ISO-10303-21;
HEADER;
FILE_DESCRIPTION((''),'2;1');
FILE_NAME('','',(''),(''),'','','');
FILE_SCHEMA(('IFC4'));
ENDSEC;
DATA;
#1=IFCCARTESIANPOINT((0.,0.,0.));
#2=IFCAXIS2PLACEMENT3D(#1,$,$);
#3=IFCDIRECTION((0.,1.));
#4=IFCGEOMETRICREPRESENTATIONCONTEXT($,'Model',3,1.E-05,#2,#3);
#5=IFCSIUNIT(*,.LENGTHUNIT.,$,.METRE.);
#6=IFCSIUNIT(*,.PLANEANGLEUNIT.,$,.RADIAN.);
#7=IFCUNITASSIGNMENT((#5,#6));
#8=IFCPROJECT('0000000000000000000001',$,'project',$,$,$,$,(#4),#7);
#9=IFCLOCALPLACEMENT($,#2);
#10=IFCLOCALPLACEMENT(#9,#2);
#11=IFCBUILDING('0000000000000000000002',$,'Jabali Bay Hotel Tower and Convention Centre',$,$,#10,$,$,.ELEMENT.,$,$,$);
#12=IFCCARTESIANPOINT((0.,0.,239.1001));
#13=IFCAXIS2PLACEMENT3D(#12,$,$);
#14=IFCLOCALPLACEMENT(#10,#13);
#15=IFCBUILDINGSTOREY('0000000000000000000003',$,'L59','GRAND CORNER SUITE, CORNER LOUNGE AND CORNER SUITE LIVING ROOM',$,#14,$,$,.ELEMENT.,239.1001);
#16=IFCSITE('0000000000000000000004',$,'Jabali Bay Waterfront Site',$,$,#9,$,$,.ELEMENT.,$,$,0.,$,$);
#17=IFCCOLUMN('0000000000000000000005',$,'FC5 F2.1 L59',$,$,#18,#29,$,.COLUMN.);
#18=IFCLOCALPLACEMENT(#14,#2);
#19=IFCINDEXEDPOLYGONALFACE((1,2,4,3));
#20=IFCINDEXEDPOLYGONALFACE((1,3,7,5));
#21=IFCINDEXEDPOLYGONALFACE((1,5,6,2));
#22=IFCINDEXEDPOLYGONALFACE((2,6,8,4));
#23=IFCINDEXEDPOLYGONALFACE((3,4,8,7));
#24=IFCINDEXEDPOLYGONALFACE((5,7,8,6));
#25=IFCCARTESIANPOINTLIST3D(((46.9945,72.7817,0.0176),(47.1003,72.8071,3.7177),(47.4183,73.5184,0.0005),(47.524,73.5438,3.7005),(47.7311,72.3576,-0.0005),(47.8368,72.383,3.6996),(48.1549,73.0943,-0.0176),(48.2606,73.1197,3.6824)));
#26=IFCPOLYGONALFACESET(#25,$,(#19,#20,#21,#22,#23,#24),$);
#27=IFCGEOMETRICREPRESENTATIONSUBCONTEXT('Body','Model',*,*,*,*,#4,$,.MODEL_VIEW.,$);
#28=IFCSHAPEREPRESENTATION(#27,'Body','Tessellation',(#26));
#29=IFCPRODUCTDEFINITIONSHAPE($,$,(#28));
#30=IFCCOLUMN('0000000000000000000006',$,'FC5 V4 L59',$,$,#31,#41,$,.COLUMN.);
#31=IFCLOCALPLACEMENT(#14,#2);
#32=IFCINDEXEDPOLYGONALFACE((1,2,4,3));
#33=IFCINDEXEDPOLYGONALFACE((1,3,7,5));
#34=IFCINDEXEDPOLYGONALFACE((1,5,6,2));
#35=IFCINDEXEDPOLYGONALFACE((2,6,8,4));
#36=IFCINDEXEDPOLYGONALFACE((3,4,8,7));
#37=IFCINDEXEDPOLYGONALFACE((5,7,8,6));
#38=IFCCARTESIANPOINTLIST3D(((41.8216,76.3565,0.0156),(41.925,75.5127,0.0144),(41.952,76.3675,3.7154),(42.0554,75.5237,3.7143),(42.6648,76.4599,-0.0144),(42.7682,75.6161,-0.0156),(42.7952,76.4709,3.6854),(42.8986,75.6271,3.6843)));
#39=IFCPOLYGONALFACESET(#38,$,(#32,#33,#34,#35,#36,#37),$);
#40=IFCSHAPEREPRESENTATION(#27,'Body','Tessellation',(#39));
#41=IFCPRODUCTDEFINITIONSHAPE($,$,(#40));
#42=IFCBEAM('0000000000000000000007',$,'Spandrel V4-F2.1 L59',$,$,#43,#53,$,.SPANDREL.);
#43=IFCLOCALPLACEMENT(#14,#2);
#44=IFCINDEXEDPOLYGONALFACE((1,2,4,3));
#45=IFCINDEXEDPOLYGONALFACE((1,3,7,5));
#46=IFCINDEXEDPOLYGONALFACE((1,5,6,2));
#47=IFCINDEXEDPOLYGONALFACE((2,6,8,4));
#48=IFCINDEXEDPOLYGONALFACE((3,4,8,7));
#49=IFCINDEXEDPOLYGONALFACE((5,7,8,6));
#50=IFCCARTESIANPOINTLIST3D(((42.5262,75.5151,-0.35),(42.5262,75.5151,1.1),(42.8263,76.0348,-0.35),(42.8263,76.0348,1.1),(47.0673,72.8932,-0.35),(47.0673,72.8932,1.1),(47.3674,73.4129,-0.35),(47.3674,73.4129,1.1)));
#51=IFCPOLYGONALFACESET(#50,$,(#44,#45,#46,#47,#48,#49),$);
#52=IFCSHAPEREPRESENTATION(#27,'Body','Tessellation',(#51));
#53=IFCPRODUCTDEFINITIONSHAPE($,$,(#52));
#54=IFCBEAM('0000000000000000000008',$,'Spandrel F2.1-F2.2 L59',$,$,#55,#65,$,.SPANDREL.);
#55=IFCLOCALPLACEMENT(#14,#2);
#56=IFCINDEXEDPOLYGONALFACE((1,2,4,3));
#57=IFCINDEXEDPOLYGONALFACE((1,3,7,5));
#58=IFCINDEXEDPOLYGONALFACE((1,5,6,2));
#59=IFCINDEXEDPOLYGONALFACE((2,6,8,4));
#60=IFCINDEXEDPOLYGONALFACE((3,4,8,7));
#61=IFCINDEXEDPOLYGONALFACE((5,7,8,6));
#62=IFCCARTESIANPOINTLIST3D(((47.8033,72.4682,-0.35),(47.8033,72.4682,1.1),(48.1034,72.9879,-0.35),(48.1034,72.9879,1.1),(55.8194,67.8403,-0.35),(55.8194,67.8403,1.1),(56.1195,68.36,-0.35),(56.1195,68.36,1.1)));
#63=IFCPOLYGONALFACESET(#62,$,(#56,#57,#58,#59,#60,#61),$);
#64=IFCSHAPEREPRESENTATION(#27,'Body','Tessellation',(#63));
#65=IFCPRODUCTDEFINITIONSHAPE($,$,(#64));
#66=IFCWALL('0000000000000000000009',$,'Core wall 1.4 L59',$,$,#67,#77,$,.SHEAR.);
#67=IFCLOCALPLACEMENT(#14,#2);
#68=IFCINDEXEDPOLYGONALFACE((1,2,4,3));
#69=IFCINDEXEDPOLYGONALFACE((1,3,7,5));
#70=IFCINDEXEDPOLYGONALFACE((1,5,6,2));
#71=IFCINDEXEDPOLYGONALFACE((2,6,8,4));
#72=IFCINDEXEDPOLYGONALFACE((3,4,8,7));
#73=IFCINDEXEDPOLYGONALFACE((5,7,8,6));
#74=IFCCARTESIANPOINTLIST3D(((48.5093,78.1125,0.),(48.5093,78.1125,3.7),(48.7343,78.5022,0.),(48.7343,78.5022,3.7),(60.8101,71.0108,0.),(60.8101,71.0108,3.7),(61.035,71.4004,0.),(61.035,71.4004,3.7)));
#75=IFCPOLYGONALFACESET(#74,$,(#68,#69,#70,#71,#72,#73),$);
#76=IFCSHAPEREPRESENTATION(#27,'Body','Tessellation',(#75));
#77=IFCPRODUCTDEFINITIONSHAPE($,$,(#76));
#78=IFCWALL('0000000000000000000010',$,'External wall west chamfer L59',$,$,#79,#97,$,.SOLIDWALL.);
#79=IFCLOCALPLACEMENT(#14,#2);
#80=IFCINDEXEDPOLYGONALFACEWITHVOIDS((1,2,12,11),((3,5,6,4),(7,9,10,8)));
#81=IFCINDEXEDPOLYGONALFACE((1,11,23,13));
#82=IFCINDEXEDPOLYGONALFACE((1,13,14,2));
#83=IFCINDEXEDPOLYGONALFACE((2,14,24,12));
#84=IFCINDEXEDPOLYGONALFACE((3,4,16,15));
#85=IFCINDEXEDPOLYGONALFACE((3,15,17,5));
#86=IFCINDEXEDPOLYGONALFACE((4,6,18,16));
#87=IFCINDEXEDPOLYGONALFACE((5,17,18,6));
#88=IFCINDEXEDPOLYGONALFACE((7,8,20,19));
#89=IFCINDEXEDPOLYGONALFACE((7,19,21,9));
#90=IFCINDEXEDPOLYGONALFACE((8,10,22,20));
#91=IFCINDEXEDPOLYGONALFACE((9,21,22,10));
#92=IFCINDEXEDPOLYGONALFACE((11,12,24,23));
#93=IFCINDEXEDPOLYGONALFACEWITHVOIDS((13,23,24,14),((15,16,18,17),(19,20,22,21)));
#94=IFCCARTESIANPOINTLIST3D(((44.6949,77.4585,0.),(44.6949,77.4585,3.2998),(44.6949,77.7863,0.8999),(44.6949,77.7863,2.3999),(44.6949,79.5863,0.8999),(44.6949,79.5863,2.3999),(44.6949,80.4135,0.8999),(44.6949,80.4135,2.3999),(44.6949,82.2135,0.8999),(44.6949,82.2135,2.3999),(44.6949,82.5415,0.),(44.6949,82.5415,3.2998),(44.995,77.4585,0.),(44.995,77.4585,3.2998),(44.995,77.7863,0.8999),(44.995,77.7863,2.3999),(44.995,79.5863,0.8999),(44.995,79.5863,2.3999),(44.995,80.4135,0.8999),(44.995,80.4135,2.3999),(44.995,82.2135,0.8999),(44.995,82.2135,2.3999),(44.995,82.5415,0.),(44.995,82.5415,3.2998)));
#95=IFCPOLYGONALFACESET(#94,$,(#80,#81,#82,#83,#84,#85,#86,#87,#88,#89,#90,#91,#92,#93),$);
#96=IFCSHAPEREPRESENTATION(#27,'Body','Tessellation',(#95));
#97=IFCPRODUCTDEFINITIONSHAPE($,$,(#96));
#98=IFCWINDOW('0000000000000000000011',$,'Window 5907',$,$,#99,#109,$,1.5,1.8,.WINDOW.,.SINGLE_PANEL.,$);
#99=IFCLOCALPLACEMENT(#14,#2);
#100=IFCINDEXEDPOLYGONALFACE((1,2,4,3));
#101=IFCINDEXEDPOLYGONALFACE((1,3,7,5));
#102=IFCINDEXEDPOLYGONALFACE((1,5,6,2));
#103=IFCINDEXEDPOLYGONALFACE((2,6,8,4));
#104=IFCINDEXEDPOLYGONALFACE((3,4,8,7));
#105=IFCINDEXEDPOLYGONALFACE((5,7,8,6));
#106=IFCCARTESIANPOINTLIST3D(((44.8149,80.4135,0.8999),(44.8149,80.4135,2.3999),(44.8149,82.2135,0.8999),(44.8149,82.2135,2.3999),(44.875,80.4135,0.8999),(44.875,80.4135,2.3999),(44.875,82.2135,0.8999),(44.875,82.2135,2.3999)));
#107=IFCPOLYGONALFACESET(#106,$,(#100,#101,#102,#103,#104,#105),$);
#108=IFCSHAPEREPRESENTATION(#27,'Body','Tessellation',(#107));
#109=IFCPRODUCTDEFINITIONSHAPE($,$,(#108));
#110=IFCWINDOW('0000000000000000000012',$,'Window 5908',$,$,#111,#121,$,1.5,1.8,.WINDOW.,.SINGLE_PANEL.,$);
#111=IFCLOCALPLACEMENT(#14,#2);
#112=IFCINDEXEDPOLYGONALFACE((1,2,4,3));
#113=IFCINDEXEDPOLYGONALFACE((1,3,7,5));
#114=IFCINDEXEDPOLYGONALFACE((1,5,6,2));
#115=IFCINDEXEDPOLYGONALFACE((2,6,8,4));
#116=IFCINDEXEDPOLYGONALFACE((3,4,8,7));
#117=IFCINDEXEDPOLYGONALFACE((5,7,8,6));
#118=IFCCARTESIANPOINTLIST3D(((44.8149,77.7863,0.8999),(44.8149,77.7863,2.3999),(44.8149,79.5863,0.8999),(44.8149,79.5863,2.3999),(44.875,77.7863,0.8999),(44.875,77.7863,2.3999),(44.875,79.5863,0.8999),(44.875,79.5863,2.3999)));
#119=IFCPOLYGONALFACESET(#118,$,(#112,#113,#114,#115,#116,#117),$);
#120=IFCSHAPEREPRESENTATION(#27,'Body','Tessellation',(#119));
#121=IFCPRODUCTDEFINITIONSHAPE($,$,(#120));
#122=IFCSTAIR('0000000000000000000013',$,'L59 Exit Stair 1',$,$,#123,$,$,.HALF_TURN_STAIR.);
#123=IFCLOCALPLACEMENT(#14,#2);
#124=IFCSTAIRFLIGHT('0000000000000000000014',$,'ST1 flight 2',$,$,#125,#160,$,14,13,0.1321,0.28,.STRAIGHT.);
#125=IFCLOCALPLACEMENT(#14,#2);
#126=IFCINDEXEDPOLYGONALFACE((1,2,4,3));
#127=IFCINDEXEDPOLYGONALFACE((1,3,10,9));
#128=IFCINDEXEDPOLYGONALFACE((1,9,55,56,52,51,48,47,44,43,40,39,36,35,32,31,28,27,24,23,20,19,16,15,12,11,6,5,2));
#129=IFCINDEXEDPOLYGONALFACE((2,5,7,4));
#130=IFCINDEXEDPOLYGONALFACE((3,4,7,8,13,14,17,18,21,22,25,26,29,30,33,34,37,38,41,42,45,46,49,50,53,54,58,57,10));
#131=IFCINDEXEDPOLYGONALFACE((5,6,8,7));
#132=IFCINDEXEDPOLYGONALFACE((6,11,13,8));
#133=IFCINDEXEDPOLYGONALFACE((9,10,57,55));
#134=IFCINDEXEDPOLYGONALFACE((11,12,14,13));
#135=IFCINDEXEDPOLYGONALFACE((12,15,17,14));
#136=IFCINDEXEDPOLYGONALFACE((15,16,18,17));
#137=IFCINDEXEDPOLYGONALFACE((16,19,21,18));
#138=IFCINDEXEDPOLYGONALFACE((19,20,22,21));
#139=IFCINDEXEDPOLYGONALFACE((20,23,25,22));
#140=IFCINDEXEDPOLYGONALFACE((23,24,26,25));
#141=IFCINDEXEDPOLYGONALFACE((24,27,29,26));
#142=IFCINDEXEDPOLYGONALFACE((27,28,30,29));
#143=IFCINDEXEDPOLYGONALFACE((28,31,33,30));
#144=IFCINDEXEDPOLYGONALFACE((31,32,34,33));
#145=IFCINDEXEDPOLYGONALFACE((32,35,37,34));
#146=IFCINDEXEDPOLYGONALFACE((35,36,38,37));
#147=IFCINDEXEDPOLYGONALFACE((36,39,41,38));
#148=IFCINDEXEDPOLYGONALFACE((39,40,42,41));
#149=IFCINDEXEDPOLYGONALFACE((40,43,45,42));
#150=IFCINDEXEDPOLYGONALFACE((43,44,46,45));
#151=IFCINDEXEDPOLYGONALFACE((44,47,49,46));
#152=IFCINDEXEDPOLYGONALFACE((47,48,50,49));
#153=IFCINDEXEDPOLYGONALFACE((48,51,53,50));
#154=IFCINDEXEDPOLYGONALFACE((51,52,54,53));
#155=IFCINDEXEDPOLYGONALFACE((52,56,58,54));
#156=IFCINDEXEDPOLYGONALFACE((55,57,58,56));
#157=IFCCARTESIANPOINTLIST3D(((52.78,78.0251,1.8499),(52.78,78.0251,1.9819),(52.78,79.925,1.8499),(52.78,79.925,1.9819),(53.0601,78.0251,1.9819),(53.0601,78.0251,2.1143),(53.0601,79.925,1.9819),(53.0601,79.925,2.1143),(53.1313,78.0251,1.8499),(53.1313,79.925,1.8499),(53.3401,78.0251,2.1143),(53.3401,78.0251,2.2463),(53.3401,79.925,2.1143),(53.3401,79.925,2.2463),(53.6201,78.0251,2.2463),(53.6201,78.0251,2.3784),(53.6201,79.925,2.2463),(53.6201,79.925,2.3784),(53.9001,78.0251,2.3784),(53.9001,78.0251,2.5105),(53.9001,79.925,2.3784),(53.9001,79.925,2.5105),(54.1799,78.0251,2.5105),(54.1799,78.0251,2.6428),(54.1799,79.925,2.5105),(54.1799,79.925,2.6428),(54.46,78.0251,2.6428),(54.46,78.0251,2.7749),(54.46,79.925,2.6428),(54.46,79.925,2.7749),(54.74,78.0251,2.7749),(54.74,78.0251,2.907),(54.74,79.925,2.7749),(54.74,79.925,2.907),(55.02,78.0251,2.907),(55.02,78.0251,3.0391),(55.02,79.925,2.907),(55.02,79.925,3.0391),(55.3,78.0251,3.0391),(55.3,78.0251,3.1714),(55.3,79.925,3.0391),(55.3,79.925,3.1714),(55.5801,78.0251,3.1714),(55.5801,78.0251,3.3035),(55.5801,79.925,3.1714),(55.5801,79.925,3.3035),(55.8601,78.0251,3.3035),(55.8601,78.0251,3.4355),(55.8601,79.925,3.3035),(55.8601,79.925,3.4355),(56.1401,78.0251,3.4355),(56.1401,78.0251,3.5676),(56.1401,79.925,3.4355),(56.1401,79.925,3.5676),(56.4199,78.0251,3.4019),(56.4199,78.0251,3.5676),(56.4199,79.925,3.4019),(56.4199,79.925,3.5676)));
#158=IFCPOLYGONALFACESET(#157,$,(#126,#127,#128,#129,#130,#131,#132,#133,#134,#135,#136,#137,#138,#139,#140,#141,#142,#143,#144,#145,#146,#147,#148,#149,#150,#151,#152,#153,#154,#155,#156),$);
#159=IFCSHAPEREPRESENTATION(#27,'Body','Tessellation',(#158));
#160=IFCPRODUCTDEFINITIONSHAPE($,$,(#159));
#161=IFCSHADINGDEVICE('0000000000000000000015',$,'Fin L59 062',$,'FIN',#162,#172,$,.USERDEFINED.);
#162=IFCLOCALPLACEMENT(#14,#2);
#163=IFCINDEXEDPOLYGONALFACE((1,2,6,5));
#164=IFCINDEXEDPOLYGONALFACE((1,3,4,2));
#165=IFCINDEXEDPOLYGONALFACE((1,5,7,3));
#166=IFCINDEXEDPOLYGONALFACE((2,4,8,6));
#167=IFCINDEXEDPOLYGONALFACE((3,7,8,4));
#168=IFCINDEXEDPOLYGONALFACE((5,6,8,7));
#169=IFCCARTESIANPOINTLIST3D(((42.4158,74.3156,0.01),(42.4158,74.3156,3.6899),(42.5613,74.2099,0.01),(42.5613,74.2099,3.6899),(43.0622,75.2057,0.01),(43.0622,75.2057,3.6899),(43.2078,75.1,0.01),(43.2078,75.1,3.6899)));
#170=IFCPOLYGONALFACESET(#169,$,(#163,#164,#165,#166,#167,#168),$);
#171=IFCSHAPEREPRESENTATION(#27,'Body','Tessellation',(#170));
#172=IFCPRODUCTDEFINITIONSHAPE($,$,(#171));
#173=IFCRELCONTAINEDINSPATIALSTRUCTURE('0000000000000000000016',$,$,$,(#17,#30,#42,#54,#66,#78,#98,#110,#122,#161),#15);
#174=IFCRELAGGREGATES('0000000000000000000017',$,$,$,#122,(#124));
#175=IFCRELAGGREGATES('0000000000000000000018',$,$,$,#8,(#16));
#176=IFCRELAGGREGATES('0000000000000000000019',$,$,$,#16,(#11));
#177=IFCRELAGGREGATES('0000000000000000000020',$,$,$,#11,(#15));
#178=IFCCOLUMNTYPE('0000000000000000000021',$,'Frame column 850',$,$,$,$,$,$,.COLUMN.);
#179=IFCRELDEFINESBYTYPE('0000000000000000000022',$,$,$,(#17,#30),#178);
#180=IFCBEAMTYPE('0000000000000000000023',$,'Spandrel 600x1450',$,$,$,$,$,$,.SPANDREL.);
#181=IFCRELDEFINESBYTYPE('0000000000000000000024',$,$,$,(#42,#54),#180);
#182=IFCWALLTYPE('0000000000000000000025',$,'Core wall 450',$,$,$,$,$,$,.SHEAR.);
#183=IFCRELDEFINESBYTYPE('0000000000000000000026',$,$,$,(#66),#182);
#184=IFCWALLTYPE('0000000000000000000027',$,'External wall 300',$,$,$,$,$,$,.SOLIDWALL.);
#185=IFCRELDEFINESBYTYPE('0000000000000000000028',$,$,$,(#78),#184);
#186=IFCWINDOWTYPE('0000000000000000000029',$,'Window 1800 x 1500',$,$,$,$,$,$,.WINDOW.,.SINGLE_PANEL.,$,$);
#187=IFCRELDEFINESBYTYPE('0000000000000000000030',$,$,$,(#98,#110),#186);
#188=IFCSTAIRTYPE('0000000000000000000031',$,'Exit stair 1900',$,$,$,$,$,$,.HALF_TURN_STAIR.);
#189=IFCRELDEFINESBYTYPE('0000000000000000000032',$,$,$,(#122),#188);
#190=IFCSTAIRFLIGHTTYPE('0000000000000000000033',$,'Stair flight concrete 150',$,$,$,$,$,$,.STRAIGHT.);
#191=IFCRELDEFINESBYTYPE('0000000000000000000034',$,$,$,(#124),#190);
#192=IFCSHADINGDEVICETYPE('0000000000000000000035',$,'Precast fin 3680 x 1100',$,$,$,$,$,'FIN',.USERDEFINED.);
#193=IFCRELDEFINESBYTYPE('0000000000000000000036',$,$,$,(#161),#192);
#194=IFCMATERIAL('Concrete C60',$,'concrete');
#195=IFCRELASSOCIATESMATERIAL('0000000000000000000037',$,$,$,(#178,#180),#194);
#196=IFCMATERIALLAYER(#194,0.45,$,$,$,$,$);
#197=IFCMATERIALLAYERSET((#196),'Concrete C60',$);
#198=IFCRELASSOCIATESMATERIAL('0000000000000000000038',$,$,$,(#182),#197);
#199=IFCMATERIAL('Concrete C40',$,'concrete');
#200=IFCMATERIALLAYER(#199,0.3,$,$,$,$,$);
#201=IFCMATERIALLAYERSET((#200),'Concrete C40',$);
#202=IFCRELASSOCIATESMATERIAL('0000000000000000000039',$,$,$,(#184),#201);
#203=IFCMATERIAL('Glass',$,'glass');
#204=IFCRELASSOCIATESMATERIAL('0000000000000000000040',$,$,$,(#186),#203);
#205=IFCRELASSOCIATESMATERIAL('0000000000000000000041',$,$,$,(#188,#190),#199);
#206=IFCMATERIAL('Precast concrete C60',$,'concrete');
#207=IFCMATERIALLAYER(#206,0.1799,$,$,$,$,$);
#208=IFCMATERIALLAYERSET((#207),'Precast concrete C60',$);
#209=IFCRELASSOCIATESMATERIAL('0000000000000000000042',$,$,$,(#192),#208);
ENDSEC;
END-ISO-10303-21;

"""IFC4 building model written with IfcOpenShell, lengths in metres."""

from ifc_helpers import new_model, si_unit, direction, frame, frame_2d, origin, origin_2d, place, context, subcontext, project, spatial, polyline, rectangle, outline, extrude, material, layer, layer_set, material_profile, profile_set, type_object, element, fill, aggregate, save


model = new_model("IFC4")

# Units and contexts
model_context = context("Model", 3, precision=1e-05, world=origin(), true_north=direction((0.0, 1.0)))
body_context = subcontext(model_context, "Body", "Model", "MODEL_VIEW")
ifc_project = project(units=[si_unit("LENGTHUNIT", "METRE"), si_unit("PLANEANGLEUNIT", "RADIAN")], contexts=[model_context])

# Site, building, storey
site_placement = place(None, origin())
site = spatial("IfcSite", under=ifc_project, at=site_placement, Name="Jabali Bay Waterfront Site", CompositionType="ELEMENT", RefElevation=0.0)
building_placement = place(site_placement, origin())
building = spatial("IfcBuilding", under=site, at=building_placement, Name="Jabali Bay Hotel Tower and Convention Centre", CompositionType="ELEMENT")
storey_placement = place(building_placement, frame((0.0, 0.0, 239.1001)))
storey = spatial("IfcBuildingStorey", under=building, at=storey_placement, Name="L59", Description="GRAND CORNER SUITE, CORNER LOUNGE AND CORNER SUITE LIVING ROOM", CompositionType="ELEMENT", Elevation=239.1001)

# Columns
ifc_material_1 = material(Name="Concrete C60", Category="concrete")
ifc_material_profile_1 = material_profile(ifc_material_1, rectangle(XDim=0.8501, YDim=0.8501, at=origin_2d()), Name="Frame column 850")
ifc_profile_set_1 = profile_set([ifc_material_profile_1], Name="Concrete C60")
column_type = type_object("IfcColumnType", Name="Frame column 850", PredefinedType="COLUMN", material=ifc_profile_set_1)
column_1_placement = place(storey_placement, frame((47.5747, 72.938, 0.0), z_axis=(0.028559, 0.006859, 0.999569), x_axis=(-0.866411, 0.498875, 0.021331)))
element("IfcColumn", 1, at=column_1_placement, inside=storey, type_object=column_type, Name="FC5 F2.1 L59", PredefinedType="COLUMN", context=body_context, shape_type="SweptSolid", body=[
    extrude(rectangle(XDim=0.8501, YDim=0.8501, at=origin_2d()), origin(), (0.0, 0.0, 1.0), 3.7017),
])
column_2_placement = place(storey_placement, frame((42.2949, 75.9863, 0.0), z_axis=(0.035214, 0.002967, 0.999375), x_axis=(-0.121635, 0.992574, 0.001339)))
element("IfcColumn", 2, at=column_2_placement, inside=storey, type_object=column_type, Name="FC5 V4 L59", PredefinedType="COLUMN", context=body_context, shape_type="SweptSolid", body=[
    extrude(rectangle(XDim=0.8501, YDim=0.8501, at=origin_2d()), origin(), (0.0, 0.0, 1.0), 3.7021),
])

# Beams
ifc_material_profile_2 = material_profile(ifc_material_1, rectangle(XDim=0.6001, YDim=1.45, at=origin_2d()), Name="Spandrel 600x1450")
ifc_profile_set_2 = profile_set([ifc_material_profile_2], Name="Concrete C60")
beam_type = type_object("IfcBeamType", Name="Spandrel 600x1450", PredefinedType="SPANDREL", material=ifc_profile_set_2)
beam_1_placement = place(storey_placement, frame((42.6763, 75.7749, 0.375), z_axis=(0.86602, -0.50001, 0.0), x_axis=(0.50001, 0.86602, 0.0)))
element("IfcBeam", 3, at=beam_1_placement, inside=storey, type_object=beam_type, Name="Spandrel V4-F2.1 L59", PredefinedType="SPANDREL", context=body_context, shape_type="SweptSolid", body=[
    extrude(rectangle(XDim=0.6001, YDim=1.45, at=origin_2d()), origin(), (0.0, 0.0, 1.0), 5.2437),
])
beam_2_placement = place(storey_placement, frame((47.9534, 72.728, 0.375), z_axis=(0.866034, -0.499986, 0.0), x_axis=(0.499986, 0.866034, 0.0)))
element("IfcBeam", 4, at=beam_2_placement, inside=storey, type_object=beam_type, Name="Spandrel F2.1-F2.2 L59", PredefinedType="SPANDREL", context=body_context, shape_type="SweptSolid", body=[
    extrude(rectangle(XDim=0.6001, YDim=1.45, at=origin_2d()), origin(), (0.0, 0.0, 1.0), 9.2561),
])

# Wall
ifc_layer_1 = layer(ifc_material_1, 0.45)
ifc_layer_set_1 = layer_set([ifc_layer_1], Name="Concrete C60")
wall_type_1 = type_object("IfcWallType", Name="Core wall 450", PredefinedType="SHEAR", material=ifc_layer_set_1)
wall_1_placement = place(storey_placement, frame((48.6218, 78.3074, 0.0), z_axis=(0.0, 0.0, 1.0), x_axis=(0.866027, -0.499997, 0.0)))
element("IfcWall", 5, at=wall_1_placement, inside=storey, type_object=wall_type_1, Name="Core wall 1.4 L59", PredefinedType="SHEAR", context=body_context, shape_type="SweptSolid", body=[
    extrude(rectangle(XDim=14.2036, YDim=0.45, at=frame_2d((7.1018, 0.0))), origin(), (0.0, 0.0, 1.0), 3.7),
])

# Wall, openings, windows
ifc_material_2 = material(Name="Concrete C40", Category="concrete")
ifc_layer_2 = layer(ifc_material_2, 0.3)
ifc_layer_set_2 = layer_set([ifc_layer_2], Name="Concrete C40")
wall_type_2 = type_object("IfcWallType", Name="External wall 300", PredefinedType="SOLIDWALL", material=ifc_layer_set_2)
wall_2_placement = place(storey_placement, frame((44.845, 77.4585, 0.0), z_axis=(0.0, 0.0, 1.0), x_axis=(0.0, 1.0, 0.0)))
wall_2 = element("IfcWall", 6, at=wall_2_placement, inside=storey, type_object=wall_type_2, Name="External wall west chamfer L59", PredefinedType="SOLIDWALL", context=body_context, shape_type="SweptSolid", body=[
    extrude(rectangle(XDim=5.083, YDim=0.3, at=frame_2d((2.5415, 0.0))), origin(), (0.0, 0.0, 1.0), 3.2998),
])
opening_1_placement = place(wall_2_placement, frame((2.9551, 0.0, 0.8999)))
opening_1 = element("IfcOpeningElement", 7, at=opening_1_placement, cuts=wall_2, PredefinedType="OPENING", context=body_context, shape_type="SweptSolid", body=[
    extrude(rectangle(XDim=1.8, YDim=1.5, at=frame_2d((0.8999, 0.75))), frame((0.0, 0.1606, 0.0), z_axis=(0.0, -1.0, 0.0), x_axis=(1.0, 0.0, 0.0)), (0.0, 0.0, 1.0), 0.321),
])
opening_2_placement = place(wall_2_placement, frame((0.3279, 0.0, 0.8999)))
opening_2 = element("IfcOpeningElement", 8, at=opening_2_placement, cuts=wall_2, PredefinedType="OPENING", context=body_context, shape_type="SweptSolid", body=[
    extrude(rectangle(XDim=1.8, YDim=1.5, at=frame_2d((0.8999, 0.75))), frame((0.0, 0.1606, 0.0), z_axis=(0.0, -1.0, 0.0), x_axis=(1.0, 0.0, 0.0)), (0.0, 0.0, 1.0), 0.321),
])
ifc_material_3 = material(Name="Glass", Category="glass")
window_type = type_object("IfcWindowType", Name="Window 1800 x 1500", PartitioningType="SINGLE_PANEL", PredefinedType="WINDOW", material=ifc_material_3)
window_1_placement = place(opening_1_placement, origin())
window_1 = element("IfcWindow", 9, at=window_1_placement, inside=storey, type_object=window_type, Name="Window 5907", OverallHeight=1.5, OverallWidth=1.8, PartitioningType="SINGLE_PANEL", PredefinedType="WINDOW", context=body_context, shape_type="SweptSolid", body=[
    extrude(rectangle(XDim=1.8, YDim=1.5, at=frame_2d((0.8999, 0.75))), frame((0.0, 0.03, 0.0), z_axis=(0.0, -1.0, 0.0), x_axis=(1.0, 0.0, 0.0)), (0.0, 0.0, 1.0), 0.0601),
])
fill(opening_1, window_1)
window_2_placement = place(opening_2_placement, origin())
window_2 = element("IfcWindow", 10, at=window_2_placement, inside=storey, type_object=window_type, Name="Window 5908", OverallHeight=1.5, OverallWidth=1.8, PartitioningType="SINGLE_PANEL", PredefinedType="WINDOW", context=body_context, shape_type="SweptSolid", body=[
    extrude(rectangle(XDim=1.8, YDim=1.5, at=frame_2d((0.8999, 0.75))), frame((0.0, 0.03, 0.0), z_axis=(0.0, -1.0, 0.0), x_axis=(1.0, 0.0, 0.0)), (0.0, 0.0, 1.0), 0.0601),
])
fill(opening_2, window_2)

# Stair, stair flight
stair_type = type_object("IfcStairType", Name="Exit stair 1900", PredefinedType="HALF_TURN_STAIR", material=ifc_material_2)
stair_placement = place(storey_placement, origin())
stair = element("IfcStair", 11, at=stair_placement, inside=storey, type_object=stair_type, Name="L59 Exit Stair 1", PredefinedType="HALF_TURN_STAIR")
stair_flight_type = type_object("IfcStairFlightType", Name="Stair flight concrete 150", PredefinedType="STRAIGHT", material=ifc_material_2)
stair_flight_placement = place(storey_placement, frame((52.78, 78.9751, 1.8499), z_axis=(0.0, 0.0, 1.0), x_axis=(1.0, 0.0, 0.0)))
stair_flight = element("IfcStairFlight", 12, at=stair_flight_placement, type_object=stair_flight_type, Name="ST1 flight 2", NumberOfRisers=14, NumberOfTreads=13, PredefinedType="STRAIGHT", RiserHeight=0.1321, TreadLength=0.28, context=body_context, shape_type="SweptSolid", body=[
    extrude(outline(polyline([(0.0, 0.0), (0.0, 0.1321), (0.28, 0.1321), (0.28, 0.2644), (0.5601, 0.2644), (0.5601, 0.3965), (0.8401, 0.3965), (0.8401, 0.5286), (1.1201, 0.5286), (1.1201, 0.6606), (1.3999, 0.6606), (1.3999, 0.793), (1.6799, 0.793), (1.6799, 0.925), (1.96, 0.925), (1.96, 1.0571), (2.24, 1.0571), (2.24, 1.1892), (2.52, 1.1892), (2.52, 1.3215), (2.8, 1.3215), (2.8, 1.4536), (3.0801, 1.4536), (3.0801, 1.5857), (3.3601, 1.5857), (3.3601, 1.7178), (3.6399, 1.7178), (3.6399, 1.8501), (3.6399, 1.552), (0.3513, 0.0), (0.0, 0.0)])), frame((0.0, 0.95, 0.0), z_axis=(0.0, -1.0, 0.0), x_axis=(1.0, 0.0, 0.0)), (0.0, 0.0, 1.0), 1.8999),
])
aggregate(stair, [stair_flight])

# Shading device
ifc_material_4 = material(Name="Precast concrete C60", Category="concrete")
ifc_layer_3 = layer(ifc_material_4, 0.1799)
ifc_layer_set_3 = layer_set([ifc_layer_3], Name="Precast concrete C60")
shading_device_type_1 = type_object("IfcShadingDeviceType", Name="Precast fin 3680 x 1100", ElementType="FIN", PredefinedType="USERDEFINED", material=ifc_layer_set_3)
shading_device_1_placement = place(storey_placement, frame((43.135, 75.1528, 0.01), z_axis=(0.0, 0.0, 1.0), x_axis=(-0.587644, -0.80912, 0.0)))
element("IfcShadingDevice", 13, at=shading_device_1_placement, inside=storey, type_object=shading_device_type_1, Name="Fin L59 062", ObjectType="FIN", PredefinedType="USERDEFINED", context=body_context, shape_type="SweptSolid", body=[
    extrude(rectangle(XDim=1.1001, YDim=0.1799, at=frame_2d((0.55, 0.0))), origin(), (0.0, 0.0, 1.0), 3.6799),
])

save(model, "model.ifc")
